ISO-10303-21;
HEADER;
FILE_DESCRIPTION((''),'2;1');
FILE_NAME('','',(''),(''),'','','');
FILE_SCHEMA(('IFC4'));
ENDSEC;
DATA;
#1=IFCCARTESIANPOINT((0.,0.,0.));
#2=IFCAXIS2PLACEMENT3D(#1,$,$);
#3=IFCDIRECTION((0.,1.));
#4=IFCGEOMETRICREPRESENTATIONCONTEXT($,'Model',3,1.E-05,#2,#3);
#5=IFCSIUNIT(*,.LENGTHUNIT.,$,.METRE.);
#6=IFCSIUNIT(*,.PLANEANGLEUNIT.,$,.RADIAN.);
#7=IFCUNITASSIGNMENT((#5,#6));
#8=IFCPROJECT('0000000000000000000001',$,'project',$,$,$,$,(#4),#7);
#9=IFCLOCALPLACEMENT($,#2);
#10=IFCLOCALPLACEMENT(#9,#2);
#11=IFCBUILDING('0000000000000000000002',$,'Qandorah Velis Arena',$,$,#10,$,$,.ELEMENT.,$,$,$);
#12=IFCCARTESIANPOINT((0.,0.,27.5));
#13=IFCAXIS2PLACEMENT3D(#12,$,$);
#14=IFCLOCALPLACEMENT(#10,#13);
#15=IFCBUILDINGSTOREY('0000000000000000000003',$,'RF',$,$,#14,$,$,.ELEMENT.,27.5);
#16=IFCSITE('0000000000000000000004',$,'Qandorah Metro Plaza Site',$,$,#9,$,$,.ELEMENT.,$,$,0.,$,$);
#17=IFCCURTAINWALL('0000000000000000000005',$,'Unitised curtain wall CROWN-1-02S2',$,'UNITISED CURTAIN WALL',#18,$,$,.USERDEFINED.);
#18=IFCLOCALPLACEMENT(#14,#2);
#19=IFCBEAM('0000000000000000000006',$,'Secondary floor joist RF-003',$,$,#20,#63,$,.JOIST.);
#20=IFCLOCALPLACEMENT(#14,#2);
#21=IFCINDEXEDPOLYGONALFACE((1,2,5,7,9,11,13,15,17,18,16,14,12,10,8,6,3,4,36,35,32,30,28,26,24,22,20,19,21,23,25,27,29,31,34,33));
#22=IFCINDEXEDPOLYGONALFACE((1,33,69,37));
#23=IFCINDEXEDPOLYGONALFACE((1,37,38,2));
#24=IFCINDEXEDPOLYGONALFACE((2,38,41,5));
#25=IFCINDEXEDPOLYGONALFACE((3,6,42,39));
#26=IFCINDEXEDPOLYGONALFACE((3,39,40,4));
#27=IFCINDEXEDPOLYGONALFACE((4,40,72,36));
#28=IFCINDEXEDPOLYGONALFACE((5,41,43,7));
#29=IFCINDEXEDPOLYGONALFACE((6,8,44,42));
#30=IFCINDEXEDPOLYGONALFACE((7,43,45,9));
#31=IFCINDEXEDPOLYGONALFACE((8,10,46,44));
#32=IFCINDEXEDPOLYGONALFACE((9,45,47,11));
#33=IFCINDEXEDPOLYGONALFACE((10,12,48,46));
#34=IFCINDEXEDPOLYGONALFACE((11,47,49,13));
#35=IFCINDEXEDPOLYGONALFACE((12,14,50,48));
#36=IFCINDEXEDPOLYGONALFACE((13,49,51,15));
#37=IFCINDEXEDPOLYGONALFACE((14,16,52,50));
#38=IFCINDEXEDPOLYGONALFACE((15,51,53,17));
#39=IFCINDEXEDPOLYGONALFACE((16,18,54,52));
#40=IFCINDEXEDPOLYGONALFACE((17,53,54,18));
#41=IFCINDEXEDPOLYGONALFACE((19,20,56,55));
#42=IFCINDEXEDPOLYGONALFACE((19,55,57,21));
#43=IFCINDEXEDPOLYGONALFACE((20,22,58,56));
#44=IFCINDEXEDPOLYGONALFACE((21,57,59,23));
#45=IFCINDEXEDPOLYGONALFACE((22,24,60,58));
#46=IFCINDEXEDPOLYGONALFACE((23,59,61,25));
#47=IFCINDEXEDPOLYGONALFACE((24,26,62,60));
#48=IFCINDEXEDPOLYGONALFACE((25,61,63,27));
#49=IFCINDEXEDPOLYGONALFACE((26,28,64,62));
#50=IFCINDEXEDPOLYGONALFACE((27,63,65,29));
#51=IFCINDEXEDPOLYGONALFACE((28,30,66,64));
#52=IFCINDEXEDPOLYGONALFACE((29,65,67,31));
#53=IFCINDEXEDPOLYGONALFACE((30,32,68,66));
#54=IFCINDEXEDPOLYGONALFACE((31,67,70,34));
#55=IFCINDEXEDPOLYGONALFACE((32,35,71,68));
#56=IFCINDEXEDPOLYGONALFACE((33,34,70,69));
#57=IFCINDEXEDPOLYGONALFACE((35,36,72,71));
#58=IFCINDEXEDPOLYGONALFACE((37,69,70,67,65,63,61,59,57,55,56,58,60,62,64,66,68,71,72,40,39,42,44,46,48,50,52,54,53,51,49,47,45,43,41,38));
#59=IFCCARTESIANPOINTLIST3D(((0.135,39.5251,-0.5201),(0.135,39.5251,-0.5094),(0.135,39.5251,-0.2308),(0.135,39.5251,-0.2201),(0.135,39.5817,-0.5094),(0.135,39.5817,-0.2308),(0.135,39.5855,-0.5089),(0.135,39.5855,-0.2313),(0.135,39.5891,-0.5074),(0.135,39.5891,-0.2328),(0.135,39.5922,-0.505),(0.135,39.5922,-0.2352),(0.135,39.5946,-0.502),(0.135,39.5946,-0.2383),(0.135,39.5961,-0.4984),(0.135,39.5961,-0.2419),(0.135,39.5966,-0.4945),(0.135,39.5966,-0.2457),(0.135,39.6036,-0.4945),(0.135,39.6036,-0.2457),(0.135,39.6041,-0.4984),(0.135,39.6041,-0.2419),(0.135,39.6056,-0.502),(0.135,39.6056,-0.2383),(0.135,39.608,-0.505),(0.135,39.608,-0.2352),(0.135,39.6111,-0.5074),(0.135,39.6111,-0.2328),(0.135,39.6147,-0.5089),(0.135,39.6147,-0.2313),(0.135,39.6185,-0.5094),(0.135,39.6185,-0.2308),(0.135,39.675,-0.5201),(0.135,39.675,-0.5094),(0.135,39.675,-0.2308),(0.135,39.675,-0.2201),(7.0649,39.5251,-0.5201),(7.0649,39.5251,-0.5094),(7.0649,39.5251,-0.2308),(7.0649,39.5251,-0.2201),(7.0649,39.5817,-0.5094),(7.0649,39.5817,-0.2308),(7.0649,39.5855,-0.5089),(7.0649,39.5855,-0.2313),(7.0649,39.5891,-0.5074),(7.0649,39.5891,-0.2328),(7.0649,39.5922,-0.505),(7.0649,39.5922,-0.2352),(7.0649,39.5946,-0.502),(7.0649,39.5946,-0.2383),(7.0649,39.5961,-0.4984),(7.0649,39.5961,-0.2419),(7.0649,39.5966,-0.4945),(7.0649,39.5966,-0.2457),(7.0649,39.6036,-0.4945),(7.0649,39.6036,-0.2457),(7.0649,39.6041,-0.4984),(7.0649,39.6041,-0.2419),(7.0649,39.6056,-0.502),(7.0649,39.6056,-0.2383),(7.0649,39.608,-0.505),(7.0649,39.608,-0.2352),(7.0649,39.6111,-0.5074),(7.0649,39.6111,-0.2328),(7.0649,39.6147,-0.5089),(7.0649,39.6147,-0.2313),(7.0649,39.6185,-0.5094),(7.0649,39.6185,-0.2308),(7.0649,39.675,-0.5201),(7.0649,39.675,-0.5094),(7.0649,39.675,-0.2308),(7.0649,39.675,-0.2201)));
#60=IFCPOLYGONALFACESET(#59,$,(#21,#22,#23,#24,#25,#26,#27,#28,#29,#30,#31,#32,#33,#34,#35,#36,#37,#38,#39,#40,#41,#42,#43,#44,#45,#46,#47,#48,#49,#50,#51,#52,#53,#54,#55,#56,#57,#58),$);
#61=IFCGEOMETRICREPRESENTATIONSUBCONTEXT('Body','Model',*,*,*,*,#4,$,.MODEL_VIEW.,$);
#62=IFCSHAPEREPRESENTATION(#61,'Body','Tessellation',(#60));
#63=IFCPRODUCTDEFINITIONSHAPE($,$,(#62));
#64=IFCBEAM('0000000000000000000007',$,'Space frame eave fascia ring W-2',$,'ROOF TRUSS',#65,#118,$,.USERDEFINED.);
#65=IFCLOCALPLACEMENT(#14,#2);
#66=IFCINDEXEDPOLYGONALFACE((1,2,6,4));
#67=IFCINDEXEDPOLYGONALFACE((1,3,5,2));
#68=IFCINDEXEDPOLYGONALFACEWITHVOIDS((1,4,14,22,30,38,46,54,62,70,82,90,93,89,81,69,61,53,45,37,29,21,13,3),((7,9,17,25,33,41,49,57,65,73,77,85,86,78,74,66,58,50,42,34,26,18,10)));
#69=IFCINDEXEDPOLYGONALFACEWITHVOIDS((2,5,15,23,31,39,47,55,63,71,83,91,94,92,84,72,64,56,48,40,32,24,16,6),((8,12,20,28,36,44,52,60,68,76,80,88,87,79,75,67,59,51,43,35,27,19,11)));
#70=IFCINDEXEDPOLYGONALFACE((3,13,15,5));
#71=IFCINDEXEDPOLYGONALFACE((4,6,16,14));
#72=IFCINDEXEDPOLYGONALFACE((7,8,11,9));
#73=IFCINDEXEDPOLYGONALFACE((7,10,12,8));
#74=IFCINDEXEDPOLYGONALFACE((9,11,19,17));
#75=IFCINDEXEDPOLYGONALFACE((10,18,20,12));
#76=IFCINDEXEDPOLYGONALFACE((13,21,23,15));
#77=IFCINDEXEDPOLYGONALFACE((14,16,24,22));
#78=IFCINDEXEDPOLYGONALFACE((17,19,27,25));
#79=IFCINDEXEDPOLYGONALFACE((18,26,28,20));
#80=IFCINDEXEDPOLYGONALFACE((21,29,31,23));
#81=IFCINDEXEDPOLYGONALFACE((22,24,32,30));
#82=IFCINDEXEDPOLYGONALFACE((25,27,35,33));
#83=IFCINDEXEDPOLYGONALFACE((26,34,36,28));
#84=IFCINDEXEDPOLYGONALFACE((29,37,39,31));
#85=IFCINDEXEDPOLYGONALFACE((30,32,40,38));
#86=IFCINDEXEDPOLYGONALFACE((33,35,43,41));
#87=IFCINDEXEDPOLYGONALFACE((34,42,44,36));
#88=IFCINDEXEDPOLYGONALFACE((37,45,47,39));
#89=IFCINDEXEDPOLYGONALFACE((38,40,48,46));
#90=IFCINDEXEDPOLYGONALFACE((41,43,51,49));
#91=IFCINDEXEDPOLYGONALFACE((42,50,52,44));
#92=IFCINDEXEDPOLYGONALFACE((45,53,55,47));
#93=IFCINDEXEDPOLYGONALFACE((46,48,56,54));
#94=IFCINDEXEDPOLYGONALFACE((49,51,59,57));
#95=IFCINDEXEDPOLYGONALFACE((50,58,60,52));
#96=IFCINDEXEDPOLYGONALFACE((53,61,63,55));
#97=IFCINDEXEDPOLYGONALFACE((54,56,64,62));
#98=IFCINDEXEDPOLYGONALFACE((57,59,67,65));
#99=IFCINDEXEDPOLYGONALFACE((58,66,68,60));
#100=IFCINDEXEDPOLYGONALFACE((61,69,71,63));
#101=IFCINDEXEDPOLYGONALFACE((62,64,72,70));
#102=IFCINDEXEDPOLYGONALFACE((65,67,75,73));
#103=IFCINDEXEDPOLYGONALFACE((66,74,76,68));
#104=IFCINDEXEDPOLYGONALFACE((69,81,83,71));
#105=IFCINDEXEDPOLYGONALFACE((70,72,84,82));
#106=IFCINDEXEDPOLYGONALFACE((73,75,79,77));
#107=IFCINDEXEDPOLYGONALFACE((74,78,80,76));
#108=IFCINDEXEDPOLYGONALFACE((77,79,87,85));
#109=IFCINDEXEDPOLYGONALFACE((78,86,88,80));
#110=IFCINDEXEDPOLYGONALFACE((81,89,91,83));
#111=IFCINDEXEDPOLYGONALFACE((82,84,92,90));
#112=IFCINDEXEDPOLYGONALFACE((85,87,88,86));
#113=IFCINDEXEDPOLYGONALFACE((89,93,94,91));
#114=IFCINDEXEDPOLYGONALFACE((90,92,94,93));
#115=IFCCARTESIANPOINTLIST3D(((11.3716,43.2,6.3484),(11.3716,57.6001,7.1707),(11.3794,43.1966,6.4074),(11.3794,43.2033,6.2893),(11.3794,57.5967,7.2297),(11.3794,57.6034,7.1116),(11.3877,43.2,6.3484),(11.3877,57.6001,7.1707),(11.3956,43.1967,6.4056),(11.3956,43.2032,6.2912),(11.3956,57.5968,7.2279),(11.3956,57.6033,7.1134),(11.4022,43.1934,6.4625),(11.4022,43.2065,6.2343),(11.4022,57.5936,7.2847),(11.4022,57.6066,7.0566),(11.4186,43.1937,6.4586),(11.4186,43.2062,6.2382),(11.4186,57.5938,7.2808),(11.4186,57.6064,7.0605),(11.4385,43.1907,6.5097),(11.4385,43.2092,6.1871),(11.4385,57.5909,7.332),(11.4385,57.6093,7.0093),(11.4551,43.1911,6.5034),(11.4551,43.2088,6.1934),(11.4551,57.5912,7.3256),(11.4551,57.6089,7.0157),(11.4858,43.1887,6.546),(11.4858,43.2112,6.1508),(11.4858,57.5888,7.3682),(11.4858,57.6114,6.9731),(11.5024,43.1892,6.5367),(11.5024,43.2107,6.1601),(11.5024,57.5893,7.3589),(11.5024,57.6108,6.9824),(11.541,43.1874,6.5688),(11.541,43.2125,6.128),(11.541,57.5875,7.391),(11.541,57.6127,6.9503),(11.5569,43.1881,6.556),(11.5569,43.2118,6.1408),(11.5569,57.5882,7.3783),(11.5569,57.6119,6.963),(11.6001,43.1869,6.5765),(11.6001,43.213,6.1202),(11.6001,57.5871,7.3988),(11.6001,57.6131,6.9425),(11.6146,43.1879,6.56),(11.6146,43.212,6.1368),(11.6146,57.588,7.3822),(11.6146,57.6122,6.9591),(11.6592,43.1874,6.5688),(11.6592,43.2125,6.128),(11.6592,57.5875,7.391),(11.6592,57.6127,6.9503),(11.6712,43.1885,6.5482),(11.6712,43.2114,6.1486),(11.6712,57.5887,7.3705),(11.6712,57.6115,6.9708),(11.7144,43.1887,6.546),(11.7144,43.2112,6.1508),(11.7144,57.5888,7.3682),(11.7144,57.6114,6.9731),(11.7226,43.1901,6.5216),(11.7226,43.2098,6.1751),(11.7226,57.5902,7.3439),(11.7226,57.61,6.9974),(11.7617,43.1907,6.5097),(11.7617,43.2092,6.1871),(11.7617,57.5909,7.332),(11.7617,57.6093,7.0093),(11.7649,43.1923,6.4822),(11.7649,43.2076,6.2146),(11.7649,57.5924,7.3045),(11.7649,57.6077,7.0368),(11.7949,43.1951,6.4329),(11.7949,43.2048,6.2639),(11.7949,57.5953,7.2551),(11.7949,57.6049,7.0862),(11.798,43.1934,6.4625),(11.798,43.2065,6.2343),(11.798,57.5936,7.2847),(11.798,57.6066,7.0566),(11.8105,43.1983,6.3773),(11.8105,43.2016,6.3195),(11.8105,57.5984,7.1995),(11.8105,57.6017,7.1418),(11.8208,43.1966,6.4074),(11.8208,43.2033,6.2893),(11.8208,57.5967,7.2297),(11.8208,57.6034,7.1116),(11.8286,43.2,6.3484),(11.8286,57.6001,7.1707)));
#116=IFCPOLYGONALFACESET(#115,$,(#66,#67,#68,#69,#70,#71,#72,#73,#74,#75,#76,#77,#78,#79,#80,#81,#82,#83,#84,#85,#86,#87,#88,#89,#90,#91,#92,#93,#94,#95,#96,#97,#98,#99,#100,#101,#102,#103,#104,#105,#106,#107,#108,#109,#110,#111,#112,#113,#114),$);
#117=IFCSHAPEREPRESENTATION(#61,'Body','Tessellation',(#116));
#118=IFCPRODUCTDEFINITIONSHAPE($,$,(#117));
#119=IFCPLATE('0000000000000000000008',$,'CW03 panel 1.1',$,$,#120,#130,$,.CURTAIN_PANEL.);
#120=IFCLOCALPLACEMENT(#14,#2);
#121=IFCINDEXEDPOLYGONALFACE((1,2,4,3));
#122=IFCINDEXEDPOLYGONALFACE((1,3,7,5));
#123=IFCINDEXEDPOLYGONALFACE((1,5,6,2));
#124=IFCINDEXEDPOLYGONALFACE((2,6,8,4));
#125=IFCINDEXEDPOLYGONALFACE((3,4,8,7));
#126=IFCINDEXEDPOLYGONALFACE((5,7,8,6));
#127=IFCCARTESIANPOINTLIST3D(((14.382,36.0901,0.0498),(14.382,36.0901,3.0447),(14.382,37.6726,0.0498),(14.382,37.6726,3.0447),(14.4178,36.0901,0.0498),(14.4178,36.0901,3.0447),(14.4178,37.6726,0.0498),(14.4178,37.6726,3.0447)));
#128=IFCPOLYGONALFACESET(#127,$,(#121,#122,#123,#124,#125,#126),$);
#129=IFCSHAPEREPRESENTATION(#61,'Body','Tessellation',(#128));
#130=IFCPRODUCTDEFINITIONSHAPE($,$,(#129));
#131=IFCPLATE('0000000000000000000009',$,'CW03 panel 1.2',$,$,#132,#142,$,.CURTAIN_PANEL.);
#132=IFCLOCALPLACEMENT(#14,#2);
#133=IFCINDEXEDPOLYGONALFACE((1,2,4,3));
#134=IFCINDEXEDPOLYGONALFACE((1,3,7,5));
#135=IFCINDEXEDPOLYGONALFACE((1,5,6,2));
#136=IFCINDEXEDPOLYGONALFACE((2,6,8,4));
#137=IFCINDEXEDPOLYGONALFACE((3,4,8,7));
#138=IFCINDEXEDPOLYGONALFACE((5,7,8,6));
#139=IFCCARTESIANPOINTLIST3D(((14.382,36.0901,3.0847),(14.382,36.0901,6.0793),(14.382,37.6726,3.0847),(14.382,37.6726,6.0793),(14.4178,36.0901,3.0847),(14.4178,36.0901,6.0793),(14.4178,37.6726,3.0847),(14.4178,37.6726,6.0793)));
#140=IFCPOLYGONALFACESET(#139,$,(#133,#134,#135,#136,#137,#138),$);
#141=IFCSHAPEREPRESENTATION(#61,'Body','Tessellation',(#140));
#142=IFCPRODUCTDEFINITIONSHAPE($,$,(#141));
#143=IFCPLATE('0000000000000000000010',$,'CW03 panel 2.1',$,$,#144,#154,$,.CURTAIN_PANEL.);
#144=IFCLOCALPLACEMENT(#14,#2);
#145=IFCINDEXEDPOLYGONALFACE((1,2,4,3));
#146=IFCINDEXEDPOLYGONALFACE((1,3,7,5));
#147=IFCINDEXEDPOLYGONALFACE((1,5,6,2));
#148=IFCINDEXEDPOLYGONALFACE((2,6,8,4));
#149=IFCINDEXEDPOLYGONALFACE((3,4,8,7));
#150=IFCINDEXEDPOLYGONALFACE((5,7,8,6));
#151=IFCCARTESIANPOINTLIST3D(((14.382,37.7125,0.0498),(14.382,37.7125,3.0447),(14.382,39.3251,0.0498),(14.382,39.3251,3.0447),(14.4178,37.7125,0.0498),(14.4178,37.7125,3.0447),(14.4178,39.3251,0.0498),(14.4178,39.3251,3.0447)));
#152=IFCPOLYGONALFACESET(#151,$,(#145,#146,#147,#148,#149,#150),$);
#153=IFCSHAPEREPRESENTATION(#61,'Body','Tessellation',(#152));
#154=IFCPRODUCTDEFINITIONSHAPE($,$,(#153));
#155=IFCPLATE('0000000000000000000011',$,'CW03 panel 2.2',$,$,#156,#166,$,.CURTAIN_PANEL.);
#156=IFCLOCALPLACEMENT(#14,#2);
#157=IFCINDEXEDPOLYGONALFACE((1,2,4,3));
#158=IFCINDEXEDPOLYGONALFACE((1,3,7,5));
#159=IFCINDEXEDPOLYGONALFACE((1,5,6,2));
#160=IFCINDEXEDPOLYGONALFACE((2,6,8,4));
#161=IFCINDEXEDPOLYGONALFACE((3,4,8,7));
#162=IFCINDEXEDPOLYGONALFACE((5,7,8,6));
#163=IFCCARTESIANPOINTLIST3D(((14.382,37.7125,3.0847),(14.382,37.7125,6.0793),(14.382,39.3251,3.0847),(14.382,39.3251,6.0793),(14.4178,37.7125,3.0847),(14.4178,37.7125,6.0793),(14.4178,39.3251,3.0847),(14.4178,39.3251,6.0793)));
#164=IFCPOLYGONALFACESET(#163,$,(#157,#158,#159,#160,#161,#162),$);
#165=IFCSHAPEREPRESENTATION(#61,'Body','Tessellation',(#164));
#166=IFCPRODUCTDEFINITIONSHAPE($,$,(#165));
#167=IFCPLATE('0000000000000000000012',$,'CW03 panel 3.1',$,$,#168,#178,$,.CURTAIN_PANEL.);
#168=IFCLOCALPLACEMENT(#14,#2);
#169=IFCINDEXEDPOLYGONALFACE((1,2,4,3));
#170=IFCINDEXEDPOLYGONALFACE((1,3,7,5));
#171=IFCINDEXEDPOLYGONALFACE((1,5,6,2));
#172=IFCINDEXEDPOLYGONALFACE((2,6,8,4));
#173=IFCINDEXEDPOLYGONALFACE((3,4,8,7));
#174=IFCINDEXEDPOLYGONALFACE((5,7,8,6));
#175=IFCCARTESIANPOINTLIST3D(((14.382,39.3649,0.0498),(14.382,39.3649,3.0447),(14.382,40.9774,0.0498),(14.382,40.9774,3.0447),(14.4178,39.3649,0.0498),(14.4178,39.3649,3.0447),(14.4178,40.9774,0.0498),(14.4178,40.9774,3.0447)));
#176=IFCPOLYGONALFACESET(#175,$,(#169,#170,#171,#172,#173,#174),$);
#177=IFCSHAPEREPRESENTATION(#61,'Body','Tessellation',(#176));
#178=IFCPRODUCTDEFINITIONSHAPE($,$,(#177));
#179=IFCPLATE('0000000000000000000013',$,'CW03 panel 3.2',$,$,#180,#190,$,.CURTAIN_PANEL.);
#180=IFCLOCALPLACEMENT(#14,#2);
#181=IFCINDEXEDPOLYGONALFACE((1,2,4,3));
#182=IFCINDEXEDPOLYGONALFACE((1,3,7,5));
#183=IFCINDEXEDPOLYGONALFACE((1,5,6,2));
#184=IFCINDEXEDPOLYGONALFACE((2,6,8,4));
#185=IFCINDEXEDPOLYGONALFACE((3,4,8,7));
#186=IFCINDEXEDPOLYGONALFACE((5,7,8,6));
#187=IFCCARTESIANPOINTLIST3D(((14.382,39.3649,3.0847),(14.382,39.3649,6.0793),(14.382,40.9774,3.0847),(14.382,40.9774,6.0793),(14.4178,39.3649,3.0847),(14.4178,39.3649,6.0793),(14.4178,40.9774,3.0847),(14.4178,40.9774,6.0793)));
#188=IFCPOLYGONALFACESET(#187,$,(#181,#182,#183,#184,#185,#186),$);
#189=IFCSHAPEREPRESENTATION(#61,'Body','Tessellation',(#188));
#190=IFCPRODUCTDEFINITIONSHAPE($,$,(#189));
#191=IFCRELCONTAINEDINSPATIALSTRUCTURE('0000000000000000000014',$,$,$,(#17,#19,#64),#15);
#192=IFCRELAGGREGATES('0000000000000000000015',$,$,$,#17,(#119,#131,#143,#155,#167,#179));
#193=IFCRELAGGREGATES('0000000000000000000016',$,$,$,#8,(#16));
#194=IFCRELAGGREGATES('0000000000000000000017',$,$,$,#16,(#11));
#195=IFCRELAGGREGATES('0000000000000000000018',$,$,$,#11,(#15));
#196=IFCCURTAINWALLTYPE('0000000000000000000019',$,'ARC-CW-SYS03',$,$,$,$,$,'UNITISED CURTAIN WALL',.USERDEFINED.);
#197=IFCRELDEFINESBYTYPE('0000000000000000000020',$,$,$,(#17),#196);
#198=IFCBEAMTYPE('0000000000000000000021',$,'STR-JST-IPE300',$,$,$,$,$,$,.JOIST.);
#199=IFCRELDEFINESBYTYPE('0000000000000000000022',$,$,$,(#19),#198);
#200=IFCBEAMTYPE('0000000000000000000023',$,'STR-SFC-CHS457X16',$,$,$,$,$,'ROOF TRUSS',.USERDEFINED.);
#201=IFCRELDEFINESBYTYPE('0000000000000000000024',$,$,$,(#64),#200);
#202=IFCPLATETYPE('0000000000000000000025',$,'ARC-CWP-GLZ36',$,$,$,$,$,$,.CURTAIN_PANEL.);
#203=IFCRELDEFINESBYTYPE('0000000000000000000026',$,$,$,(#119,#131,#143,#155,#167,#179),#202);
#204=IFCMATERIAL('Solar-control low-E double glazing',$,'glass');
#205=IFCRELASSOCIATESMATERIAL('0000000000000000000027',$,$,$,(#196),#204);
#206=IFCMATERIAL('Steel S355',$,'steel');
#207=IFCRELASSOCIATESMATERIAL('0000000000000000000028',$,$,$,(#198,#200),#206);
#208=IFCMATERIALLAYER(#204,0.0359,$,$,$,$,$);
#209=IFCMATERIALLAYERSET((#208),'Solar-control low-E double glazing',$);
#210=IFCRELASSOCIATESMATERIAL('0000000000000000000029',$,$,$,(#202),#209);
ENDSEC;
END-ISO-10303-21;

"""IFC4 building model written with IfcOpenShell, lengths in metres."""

from ifc_helpers import new_model, si_unit, direction, frame, origin, origin_2d, place, context, subcontext, project, spatial, rectangle, hollow_circle, i_section, extrude, material, layer, layer_set, material_profile, profile_set, type_object, element, aggregate, save


model = new_model("IFC4")

# Units and contexts
model_context = context("Model", 3, precision=1e-05, world=origin(), true_north=direction((0.0, 1.0)))
body_context = subcontext(model_context, "Body", "Model", "MODEL_VIEW")
ifc_project = project(units=[si_unit("LENGTHUNIT", "METRE"), si_unit("PLANEANGLEUNIT", "RADIAN")], contexts=[model_context])

# Site, building, storey
site_placement = place(None, origin())
site = spatial("IfcSite", under=ifc_project, at=site_placement, Name="Qandorah Metro Plaza Site", CompositionType="ELEMENT", RefElevation=0.0)
building_placement = place(site_placement, origin())
building = spatial("IfcBuilding", under=site, at=building_placement, Name="Qandorah Velis Arena", CompositionType="ELEMENT")
storey_placement = place(building_placement, frame((0.0, 0.0, 27.5)))
storey = spatial("IfcBuildingStorey", under=building, at=storey_placement, Name="RF", CompositionType="ELEMENT", Elevation=27.5)

# Curtain wall
ifc_material_1 = material(Name="Solar-control low-E double glazing", Category="glass")
curtain_wall_type = type_object("IfcCurtainWallType", Name="ARC-CW-SYS03", ElementType="UNITISED CURTAIN WALL", PredefinedType="USERDEFINED", material=ifc_material_1)
curtain_wall_placement = place(storey_placement, origin())
curtain_wall = element("IfcCurtainWall", 1, at=curtain_wall_placement, inside=storey, type_object=curtain_wall_type, Name="Unitised curtain wall CROWN-1-02S2", ObjectType="UNITISED CURTAIN WALL", PredefinedType="USERDEFINED")

# Beams
ifc_material_2 = material(Name="Steel S355", Category="steel")
ifc_material_profile_1 = material_profile(ifc_material_2, i_section(OverallWidth=0.1499, OverallDepth=0.3, WebThickness=0.0071, FlangeThickness=0.0107, FilletRadius=0.0149, at=origin_2d()), Name="IPE 300")
ifc_profile_set_1 = profile_set([ifc_material_profile_1], Name="Steel S355")
beam_type_1 = type_object("IfcBeamType", Name="STR-JST-IPE300", PredefinedType="JOIST", material=ifc_profile_set_1)
beam_1_placement = place(storey_placement, frame((0.135, 39.6001, -0.3701), z_axis=(1.0, 0.0, 0.0), x_axis=(0.0, 1.0, 0.0)))
element("IfcBeam", 2, at=beam_1_placement, inside=storey, type_object=beam_type_1, Name="Secondary floor joist RF-003", PredefinedType="JOIST", context=body_context, shape_type="SweptSolid", body=[
    extrude(i_section(OverallWidth=0.1499, OverallDepth=0.3, WebThickness=0.0071, FlangeThickness=0.0107, FilletRadius=0.0149, at=origin_2d()), origin(), (0.0, 0.0, 1.0), 6.9299),
])
ifc_material_profile_2 = material_profile(ifc_material_2, hollow_circle(Radius=0.2285, WallThickness=0.0161, at=origin_2d()), Name="CHS 457x16")
ifc_profile_set_2 = profile_set([ifc_material_profile_2], Name="Steel S355")
beam_type_2 = type_object("IfcBeamType", Name="STR-SFC-CHS457X16", ElementType="ROOF TRUSS", PredefinedType="USERDEFINED", material=ifc_profile_set_2)
beam_2_placement = place(storey_placement, frame((11.6001, 43.2, 6.3484), z_axis=(0.0, 0.998374, 0.057008), x_axis=(-1.0, 0.0, 0.0)))
element("IfcBeam", 3, at=beam_2_placement, inside=storey, type_object=beam_type_2, Name="Space frame eave fascia ring W-2", ObjectType="ROOF TRUSS", PredefinedType="USERDEFINED", context=body_context, shape_type="SweptSolid", body=[
    extrude(hollow_circle(Radius=0.2285, WallThickness=0.0161, at=origin_2d()), origin(), (0.0, 0.0, 1.0), 14.4236),
])

# Plates
ifc_layer_1 = layer(ifc_material_1, 0.0359)
ifc_layer_set_1 = layer_set([ifc_layer_1], Name="Solar-control low-E double glazing")
plate_type = type_object("IfcPlateType", Name="ARC-CWP-GLZ36", PredefinedType="CURTAIN_PANEL", material=ifc_layer_set_1)
plate_1_placement = place(storey_placement, frame((14.3999, 36.8813, 0.0498), z_axis=(0.0, 0.0, 1.0), x_axis=(0.0, 1.0, 0.0)))
plate_1 = element("IfcPlate", 4, at=plate_1_placement, type_object=plate_type, Name="CW03 panel 1.1", PredefinedType="CURTAIN_PANEL", context=body_context, shape_type="SweptSolid", body=[
    extrude(rectangle(XDim=1.5825, YDim=0.0359, at=origin_2d()), origin(), (0.0, 0.0, 1.0), 2.9949),
])
plate_2_placement = place(storey_placement, frame((14.3999, 36.8813, 3.0847), z_axis=(0.0, 0.0, 1.0), x_axis=(0.0, 1.0, 0.0)))
plate_2 = element("IfcPlate", 5, at=plate_2_placement, type_object=plate_type, Name="CW03 panel 1.2", PredefinedType="CURTAIN_PANEL", context=body_context, shape_type="SweptSolid", body=[
    extrude(rectangle(XDim=1.5825, YDim=0.0359, at=origin_2d()), origin(), (0.0, 0.0, 1.0), 2.9946),
])
plate_3_placement = place(storey_placement, frame((14.3999, 38.5188, 0.0498), z_axis=(0.0, 0.0, 1.0), x_axis=(0.0, 1.0, 0.0)))
plate_3 = element("IfcPlate", 6, at=plate_3_placement, type_object=plate_type, Name="CW03 panel 2.1", PredefinedType="CURTAIN_PANEL", context=body_context, shape_type="SweptSolid", body=[
    extrude(rectangle(XDim=1.6125, YDim=0.0359, at=origin_2d()), origin(), (0.0, 0.0, 1.0), 2.9949),
])
plate_4_placement = place(storey_placement, frame((14.3999, 38.5188, 3.0847), z_axis=(0.0, 0.0, 1.0), x_axis=(0.0, 1.0, 0.0)))
plate_4 = element("IfcPlate", 7, at=plate_4_placement, type_object=plate_type, Name="CW03 panel 2.2", PredefinedType="CURTAIN_PANEL", context=body_context, shape_type="SweptSolid", body=[
    extrude(rectangle(XDim=1.6125, YDim=0.0359, at=origin_2d()), origin(), (0.0, 0.0, 1.0), 2.9946),
])
plate_5_placement = place(storey_placement, frame((14.3999, 40.1711, 0.0498), z_axis=(0.0, 0.0, 1.0), x_axis=(0.0, 1.0, 0.0)))
plate_5 = element("IfcPlate", 8, at=plate_5_placement, type_object=plate_type, Name="CW03 panel 3.1", PredefinedType="CURTAIN_PANEL", context=body_context, shape_type="SweptSolid", body=[
    extrude(rectangle(XDim=1.6125, YDim=0.0359, at=origin_2d()), origin(), (0.0, 0.0, 1.0), 2.9949),
])
plate_6_placement = place(storey_placement, frame((14.3999, 40.1711, 3.0847), z_axis=(0.0, 0.0, 1.0), x_axis=(0.0, 1.0, 0.0)))
plate_6 = element("IfcPlate", 9, at=plate_6_placement, type_object=plate_type, Name="CW03 panel 3.2", PredefinedType="CURTAIN_PANEL", context=body_context, shape_type="SweptSolid", body=[
    extrude(rectangle(XDim=1.6125, YDim=0.0359, at=origin_2d()), origin(), (0.0, 0.0, 1.0), 2.9946),
])
aggregate(curtain_wall, [plate_1, plate_2, plate_3, plate_4, plate_5, plate_6])

save(model, "model.ifc")
